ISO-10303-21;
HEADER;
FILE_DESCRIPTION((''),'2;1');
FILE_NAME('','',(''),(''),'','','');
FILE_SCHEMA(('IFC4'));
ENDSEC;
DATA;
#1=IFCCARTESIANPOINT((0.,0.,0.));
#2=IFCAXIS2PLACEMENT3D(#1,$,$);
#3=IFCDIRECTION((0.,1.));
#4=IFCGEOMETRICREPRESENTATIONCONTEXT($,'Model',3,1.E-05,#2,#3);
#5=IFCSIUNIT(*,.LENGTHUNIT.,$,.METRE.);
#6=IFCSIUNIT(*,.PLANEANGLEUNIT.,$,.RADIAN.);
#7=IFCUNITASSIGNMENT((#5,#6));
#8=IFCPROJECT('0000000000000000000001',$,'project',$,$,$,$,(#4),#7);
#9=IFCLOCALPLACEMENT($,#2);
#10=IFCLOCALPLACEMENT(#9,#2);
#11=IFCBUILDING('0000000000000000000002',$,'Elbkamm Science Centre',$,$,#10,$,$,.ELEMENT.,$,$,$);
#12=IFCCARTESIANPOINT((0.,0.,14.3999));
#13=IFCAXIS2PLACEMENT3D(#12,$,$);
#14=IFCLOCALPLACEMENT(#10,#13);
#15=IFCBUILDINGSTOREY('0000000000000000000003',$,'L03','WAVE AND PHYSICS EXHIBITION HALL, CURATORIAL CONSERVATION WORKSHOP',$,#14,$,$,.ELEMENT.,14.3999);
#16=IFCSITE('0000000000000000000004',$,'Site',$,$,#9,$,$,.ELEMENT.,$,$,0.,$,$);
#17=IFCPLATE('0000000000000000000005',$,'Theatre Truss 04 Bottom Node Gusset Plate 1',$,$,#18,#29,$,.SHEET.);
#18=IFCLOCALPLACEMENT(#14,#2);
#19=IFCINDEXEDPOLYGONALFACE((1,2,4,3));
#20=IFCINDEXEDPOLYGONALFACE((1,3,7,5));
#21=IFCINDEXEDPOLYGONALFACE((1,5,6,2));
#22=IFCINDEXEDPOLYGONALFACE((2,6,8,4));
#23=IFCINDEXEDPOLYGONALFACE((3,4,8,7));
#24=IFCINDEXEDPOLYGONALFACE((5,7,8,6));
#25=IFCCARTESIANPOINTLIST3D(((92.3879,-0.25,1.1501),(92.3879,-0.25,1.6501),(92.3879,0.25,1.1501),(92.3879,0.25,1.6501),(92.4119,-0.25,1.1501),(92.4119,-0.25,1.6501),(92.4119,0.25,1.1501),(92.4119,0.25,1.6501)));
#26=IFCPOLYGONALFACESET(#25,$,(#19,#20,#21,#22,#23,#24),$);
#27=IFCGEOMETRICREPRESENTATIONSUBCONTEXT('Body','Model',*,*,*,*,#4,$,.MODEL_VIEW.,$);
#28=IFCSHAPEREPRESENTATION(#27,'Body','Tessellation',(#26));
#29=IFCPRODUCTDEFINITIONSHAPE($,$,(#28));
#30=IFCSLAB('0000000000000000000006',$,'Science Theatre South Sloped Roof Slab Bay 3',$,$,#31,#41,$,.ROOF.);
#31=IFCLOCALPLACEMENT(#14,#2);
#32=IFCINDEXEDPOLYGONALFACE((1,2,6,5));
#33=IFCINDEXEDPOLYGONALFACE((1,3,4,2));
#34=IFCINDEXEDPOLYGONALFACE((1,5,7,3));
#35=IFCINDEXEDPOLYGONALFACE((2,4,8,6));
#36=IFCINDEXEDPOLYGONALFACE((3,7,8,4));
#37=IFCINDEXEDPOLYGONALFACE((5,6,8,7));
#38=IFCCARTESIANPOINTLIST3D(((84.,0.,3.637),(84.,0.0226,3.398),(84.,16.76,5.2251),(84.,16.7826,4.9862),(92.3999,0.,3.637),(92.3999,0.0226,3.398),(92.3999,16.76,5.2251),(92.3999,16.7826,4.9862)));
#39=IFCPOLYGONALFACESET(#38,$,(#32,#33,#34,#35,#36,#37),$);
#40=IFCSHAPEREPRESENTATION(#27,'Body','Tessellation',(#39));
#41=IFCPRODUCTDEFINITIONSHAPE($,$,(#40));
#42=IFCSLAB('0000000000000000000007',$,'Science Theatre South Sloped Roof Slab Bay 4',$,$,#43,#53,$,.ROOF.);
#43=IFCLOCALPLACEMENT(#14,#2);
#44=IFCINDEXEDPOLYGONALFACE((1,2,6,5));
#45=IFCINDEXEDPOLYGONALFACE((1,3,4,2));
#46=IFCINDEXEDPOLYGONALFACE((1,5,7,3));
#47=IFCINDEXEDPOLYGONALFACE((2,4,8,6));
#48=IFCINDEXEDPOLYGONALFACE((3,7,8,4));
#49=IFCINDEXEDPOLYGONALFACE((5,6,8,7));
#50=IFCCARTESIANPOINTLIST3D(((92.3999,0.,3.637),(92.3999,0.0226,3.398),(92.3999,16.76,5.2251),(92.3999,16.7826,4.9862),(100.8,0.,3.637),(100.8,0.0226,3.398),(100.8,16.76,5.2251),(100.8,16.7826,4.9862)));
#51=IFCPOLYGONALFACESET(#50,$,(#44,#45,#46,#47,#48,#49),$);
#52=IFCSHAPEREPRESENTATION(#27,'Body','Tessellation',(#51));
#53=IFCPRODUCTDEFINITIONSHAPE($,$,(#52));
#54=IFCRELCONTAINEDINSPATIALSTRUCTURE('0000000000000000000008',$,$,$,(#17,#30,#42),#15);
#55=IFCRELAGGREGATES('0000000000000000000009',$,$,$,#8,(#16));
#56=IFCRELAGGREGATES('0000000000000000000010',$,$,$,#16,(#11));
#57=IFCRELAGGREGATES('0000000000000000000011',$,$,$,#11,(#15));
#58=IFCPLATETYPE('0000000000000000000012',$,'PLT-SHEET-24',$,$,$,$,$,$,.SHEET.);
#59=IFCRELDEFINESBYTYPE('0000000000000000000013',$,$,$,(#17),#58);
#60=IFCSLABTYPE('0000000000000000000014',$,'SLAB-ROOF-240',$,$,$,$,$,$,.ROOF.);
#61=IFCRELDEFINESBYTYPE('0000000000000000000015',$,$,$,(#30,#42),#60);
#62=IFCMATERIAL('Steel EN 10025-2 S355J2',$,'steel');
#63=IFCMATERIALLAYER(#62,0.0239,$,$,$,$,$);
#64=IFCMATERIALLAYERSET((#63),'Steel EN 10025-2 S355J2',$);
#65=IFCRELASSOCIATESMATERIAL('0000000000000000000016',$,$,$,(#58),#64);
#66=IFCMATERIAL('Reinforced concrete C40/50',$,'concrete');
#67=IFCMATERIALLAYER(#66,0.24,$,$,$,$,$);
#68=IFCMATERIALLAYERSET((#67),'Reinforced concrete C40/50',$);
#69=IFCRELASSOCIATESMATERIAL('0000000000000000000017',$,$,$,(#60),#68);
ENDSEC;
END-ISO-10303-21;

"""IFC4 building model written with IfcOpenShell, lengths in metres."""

from ifc_helpers import new_model, si_unit, direction, frame, origin, origin_2d, place, context, subcontext, project, spatial, polyline, rectangle, outline, extrude, material, layer, layer_set, type_object, element, save


model = new_model("IFC4")

# Units and contexts
model_context = context("Model", 3, precision=1e-05, world=origin(), true_north=direction((0.0, 1.0)))
body_context = subcontext(model_context, "Body", "Model", "MODEL_VIEW")
ifc_project = project(units=[si_unit("LENGTHUNIT", "METRE"), si_unit("PLANEANGLEUNIT", "RADIAN")], contexts=[model_context])

# Site, building, storey
site_placement = place(None, origin())
site = spatial("IfcSite", under=ifc_project, at=site_placement, Name="Site", CompositionType="ELEMENT", RefElevation=0.0)
building_placement = place(site_placement, origin())
building = spatial("IfcBuilding", under=site, at=building_placement, Name="Elbkamm Science Centre", CompositionType="ELEMENT")
storey_placement = place(building_placement, frame((0.0, 0.0, 14.3999)))
storey = spatial("IfcBuildingStorey", under=building, at=storey_placement, Name="L03", Description="WAVE AND PHYSICS EXHIBITION HALL, CURATORIAL CONSERVATION WORKSHOP", CompositionType="ELEMENT", Elevation=14.3999)

# Shared definitions
ifc_material_1 = material(Name="Steel EN 10025-2 S355J2", Category="steel")

# Plate
ifc_layer_1 = layer(ifc_material_1, 0.0239)
ifc_layer_set_1 = layer_set([ifc_layer_1], Name="Steel EN 10025-2 S355J2")
plate_type_1 = type_object("IfcPlateType", Name="PLT-SHEET-24", PredefinedType="SHEET", material=ifc_layer_set_1)
for number, where, z_axis, x_axis, name in (
    (1, (92.3999, 0.0, 1.1501), (0.0, 0.0, 1.0), (1.0, 0.0, 0.0), "Theatre Truss 04 Bottom Node Gusset Plate 1"),
):
    element("IfcPlate", number, at=place(storey_placement, frame(where, z_axis=z_axis, x_axis=x_axis)), inside=storey, type_object=plate_type_1, Name=name, PredefinedType="SHEET", context=body_context, shape_type="SweptSolid", body=[
        extrude(rectangle(XDim=0.0239, YDim=0.5, at=origin_2d()), origin(), (0.0, 0.0, 1.0), 0.5),
    ])

# Slabs
ifc_material_2 = material(Name="Reinforced concrete C40/50", Category="concrete")
ifc_layer_2 = layer(ifc_material_2, 0.24)
ifc_layer_set_2 = layer_set([ifc_layer_2], Name="Reinforced concrete C40/50")
slab_type = type_object("IfcSlabType", Name="SLAB-ROOF-240", PredefinedType="ROOF", material=ifc_layer_set_2)
slab_1_placement = place(storey_placement, frame((84.0, 0.0, 3.637), z_axis=(0.0, -0.094335, 0.995541), x_axis=(1.0, 0.0, 0.0)))
element("IfcSlab", 2, at=slab_1_placement, inside=storey, type_object=slab_type, Name="Science Theatre South Sloped Roof Slab Bay 3", PredefinedType="ROOF", context=body_context, shape_type="SweptSolid", body=[
    extrude(outline(polyline([(0.0, 0.0), (8.3999, 0.0), (8.3999, 16.8351), (0.0, 16.8351), (0.0, 0.0)])), origin(), (0.0, 0.0, -1.0), 0.24),
])
slab_2_placement = place(storey_placement, frame((92.3999, 0.0, 3.637), z_axis=(0.0, -0.094335, 0.995541), x_axis=(1.0, 0.0, 0.0)))
element("IfcSlab", 3, at=slab_2_placement, inside=storey, type_object=slab_type, Name="Science Theatre South Sloped Roof Slab Bay 4", PredefinedType="ROOF", context=body_context, shape_type="SweptSolid", body=[
    extrude(outline(polyline([(0.0, 0.0), (8.4001, 0.0), (8.4001, 16.8351), (0.0, 16.8351), (0.0, 0.0)])), origin(), (0.0, 0.0, -1.0), 0.24),
])

save(model, "model.ifc")
